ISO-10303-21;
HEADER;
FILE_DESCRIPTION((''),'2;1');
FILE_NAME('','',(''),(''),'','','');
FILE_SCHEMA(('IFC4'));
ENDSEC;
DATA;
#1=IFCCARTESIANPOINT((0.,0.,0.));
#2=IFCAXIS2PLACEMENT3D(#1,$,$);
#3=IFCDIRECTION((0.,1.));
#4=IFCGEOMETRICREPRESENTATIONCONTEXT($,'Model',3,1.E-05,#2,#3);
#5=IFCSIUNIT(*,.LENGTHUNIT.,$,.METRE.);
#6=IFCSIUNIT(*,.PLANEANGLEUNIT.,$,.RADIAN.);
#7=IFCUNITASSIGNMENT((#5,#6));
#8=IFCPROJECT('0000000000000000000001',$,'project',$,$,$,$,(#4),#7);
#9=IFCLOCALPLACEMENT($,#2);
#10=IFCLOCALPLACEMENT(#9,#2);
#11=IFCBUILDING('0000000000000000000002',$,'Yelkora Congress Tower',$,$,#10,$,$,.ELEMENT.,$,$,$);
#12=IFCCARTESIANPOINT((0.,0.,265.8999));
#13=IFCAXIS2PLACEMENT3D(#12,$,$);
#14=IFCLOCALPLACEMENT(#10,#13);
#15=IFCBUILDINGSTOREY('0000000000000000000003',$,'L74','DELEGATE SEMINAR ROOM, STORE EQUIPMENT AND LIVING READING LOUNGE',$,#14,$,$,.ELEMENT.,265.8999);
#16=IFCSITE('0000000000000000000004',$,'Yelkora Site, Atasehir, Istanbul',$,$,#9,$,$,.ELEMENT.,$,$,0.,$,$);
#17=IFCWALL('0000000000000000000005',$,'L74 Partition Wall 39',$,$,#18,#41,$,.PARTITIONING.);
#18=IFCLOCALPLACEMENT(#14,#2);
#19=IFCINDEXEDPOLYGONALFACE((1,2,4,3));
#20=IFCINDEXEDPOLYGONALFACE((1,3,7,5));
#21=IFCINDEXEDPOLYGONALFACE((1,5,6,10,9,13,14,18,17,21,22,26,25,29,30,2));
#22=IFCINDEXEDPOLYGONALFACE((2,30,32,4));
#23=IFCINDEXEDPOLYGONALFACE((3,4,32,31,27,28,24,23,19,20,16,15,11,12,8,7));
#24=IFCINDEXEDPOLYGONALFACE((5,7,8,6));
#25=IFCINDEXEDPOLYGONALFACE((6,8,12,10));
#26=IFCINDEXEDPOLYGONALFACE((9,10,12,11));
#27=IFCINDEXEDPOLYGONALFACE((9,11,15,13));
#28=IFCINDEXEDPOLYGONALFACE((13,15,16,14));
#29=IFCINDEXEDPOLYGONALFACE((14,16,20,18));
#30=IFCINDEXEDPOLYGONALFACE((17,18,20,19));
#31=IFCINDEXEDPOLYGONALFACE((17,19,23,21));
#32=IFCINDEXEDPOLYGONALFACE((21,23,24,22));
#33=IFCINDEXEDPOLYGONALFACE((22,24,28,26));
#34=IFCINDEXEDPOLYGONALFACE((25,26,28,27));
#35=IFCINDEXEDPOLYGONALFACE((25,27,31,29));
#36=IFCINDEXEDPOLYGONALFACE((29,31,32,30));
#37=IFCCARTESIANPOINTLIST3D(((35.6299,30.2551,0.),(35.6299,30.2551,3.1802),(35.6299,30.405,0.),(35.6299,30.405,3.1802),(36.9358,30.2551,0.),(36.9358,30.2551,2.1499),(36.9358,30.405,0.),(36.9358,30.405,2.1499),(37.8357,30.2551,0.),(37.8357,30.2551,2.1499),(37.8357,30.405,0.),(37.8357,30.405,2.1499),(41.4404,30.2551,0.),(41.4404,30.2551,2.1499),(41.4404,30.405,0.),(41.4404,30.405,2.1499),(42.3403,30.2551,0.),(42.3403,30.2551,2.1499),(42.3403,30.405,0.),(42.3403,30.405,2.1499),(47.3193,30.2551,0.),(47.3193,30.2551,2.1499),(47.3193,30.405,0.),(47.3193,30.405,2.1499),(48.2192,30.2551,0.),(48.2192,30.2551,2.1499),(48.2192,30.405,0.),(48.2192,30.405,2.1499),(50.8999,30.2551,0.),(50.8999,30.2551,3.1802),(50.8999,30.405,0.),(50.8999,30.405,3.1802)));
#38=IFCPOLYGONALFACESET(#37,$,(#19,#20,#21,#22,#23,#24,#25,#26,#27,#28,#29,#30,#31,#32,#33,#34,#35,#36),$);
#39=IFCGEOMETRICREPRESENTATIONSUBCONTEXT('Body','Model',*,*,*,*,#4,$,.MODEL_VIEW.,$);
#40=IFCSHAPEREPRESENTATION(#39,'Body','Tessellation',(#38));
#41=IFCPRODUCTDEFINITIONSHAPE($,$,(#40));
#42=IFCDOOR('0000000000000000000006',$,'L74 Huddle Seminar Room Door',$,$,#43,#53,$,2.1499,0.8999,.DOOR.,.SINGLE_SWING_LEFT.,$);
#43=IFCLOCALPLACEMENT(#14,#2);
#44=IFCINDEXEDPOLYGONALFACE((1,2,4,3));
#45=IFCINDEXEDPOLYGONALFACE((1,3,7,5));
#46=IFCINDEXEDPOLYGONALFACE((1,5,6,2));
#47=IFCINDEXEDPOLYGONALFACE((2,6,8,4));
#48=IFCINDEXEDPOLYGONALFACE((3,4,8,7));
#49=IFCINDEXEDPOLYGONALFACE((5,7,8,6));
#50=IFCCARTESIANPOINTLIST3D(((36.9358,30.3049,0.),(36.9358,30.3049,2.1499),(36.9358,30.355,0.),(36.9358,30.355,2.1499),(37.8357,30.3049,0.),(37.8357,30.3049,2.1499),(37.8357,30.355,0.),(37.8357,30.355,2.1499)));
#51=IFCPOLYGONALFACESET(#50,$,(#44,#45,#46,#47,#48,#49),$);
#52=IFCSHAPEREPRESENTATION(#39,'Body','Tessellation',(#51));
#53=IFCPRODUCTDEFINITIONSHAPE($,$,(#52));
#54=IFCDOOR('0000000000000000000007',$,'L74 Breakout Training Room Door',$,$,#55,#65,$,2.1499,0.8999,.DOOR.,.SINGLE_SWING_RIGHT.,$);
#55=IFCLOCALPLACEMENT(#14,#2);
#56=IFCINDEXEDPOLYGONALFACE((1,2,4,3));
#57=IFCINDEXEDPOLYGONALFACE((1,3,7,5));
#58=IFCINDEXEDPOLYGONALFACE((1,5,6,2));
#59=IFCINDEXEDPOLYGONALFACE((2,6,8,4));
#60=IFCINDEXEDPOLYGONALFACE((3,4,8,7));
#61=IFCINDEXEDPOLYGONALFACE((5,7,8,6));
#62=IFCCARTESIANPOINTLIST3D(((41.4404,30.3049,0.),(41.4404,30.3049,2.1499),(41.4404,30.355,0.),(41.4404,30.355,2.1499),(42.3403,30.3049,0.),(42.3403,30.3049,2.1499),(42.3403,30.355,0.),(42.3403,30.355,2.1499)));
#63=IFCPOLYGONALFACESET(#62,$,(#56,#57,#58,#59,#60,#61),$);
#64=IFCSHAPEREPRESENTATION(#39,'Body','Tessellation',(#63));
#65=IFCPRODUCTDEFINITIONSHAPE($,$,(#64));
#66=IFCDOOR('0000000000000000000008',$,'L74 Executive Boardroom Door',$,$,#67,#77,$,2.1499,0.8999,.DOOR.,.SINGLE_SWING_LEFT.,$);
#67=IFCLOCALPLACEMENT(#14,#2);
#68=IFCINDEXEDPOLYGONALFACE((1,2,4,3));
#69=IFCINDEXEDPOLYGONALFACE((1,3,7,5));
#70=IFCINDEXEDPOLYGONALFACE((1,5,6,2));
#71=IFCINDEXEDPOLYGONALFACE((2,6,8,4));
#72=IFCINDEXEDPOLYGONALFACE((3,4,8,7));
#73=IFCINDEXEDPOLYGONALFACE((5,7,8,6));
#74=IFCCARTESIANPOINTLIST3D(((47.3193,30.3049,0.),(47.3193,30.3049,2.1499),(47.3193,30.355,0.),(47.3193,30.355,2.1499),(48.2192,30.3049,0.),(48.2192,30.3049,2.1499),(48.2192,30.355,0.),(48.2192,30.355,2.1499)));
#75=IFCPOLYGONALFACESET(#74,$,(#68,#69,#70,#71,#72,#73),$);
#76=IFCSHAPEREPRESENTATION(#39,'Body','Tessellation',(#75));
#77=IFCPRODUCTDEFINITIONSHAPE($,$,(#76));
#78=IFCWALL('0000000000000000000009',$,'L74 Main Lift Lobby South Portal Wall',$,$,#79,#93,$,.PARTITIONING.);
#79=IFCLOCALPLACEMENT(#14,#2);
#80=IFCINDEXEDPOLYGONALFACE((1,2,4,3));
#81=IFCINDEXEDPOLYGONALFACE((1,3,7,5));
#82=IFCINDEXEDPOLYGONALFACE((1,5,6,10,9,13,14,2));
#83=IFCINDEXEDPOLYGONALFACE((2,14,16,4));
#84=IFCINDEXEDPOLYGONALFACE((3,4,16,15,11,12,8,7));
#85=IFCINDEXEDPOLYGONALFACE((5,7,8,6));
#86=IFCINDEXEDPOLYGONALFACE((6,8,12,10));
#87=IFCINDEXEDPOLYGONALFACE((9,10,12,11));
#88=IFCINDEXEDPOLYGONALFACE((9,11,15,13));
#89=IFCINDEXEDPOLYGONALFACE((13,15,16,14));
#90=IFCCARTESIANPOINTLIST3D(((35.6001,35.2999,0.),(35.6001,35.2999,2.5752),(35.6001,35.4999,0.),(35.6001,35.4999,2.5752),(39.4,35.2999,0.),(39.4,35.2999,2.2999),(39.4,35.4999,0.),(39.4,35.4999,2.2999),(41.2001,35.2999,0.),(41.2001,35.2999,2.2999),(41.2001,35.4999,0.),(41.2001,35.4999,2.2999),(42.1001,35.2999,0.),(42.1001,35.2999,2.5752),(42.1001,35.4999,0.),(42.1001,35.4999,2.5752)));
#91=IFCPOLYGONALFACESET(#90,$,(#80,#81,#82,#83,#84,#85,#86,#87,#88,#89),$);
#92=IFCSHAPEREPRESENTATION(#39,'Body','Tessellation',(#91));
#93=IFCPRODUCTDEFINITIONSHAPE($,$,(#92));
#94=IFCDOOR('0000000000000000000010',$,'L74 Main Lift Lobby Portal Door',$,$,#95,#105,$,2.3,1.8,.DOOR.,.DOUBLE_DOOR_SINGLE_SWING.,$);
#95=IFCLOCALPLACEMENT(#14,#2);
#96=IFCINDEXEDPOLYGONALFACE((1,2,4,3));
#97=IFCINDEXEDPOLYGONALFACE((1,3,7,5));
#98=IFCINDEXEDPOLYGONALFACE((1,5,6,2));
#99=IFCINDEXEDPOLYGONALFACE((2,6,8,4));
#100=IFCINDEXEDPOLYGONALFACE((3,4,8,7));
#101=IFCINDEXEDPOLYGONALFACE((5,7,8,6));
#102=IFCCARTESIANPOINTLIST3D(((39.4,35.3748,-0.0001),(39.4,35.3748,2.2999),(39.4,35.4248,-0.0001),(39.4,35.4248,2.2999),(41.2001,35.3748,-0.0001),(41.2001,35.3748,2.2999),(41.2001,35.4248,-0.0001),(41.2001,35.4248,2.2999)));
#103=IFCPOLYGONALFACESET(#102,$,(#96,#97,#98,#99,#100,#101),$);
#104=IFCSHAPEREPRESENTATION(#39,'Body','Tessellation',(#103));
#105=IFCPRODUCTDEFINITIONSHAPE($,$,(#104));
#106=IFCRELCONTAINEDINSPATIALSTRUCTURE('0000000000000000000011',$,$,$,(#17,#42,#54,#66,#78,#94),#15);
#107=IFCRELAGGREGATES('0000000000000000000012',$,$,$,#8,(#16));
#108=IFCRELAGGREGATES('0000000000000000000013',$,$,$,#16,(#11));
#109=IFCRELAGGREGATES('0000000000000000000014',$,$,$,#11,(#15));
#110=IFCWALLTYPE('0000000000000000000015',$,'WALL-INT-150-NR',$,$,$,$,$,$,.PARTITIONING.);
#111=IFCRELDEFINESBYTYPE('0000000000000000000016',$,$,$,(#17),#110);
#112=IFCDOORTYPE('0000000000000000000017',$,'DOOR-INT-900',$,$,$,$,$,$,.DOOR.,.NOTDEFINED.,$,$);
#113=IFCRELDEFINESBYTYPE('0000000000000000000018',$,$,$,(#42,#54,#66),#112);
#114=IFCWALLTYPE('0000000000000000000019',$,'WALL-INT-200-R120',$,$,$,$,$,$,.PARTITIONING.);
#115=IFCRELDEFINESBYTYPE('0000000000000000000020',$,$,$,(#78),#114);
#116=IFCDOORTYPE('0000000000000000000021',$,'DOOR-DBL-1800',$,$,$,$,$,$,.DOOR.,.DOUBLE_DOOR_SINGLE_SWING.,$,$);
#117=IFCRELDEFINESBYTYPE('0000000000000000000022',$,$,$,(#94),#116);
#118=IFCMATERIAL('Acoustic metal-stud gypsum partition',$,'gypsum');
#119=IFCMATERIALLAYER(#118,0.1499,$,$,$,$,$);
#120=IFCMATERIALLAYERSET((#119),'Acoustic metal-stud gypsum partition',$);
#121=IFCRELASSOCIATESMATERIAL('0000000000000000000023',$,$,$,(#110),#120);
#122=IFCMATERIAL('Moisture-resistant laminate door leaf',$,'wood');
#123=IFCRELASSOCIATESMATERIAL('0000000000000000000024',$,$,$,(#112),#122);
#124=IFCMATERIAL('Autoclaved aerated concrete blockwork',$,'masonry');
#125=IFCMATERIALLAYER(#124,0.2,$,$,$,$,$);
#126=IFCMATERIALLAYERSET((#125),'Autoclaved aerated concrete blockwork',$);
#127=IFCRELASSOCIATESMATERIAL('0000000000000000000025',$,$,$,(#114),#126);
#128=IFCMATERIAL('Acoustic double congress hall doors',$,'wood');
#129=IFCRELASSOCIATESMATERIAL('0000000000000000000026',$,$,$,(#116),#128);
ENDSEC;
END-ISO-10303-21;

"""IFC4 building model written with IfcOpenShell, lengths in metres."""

from ifc_helpers import new_model, si_unit, direction, frame, frame_2d, origin, place, context, subcontext, project, spatial, rectangle, extrude, material, layer, layer_set, type_object, element, fill, save


model = new_model("IFC4")

# Units and contexts
model_context = context("Model", 3, precision=1e-05, world=origin(), true_north=direction((0.0, 1.0)))
body_context = subcontext(model_context, "Body", "Model", "MODEL_VIEW")
ifc_project = project(units=[si_unit("LENGTHUNIT", "METRE"), si_unit("PLANEANGLEUNIT", "RADIAN")], contexts=[model_context])

# Site, building, storey
site_placement = place(None, origin())
site = spatial("IfcSite", under=ifc_project, at=site_placement, Name="Yelkora Site, Atasehir, Istanbul", CompositionType="ELEMENT", RefElevation=0.0)
building_placement = place(site_placement, origin())
building = spatial("IfcBuilding", under=site, at=building_placement, Name="Yelkora Congress Tower", CompositionType="ELEMENT")
storey_placement = place(building_placement, frame((0.0, 0.0, 265.8999)))
storey = spatial("IfcBuildingStorey", under=building, at=storey_placement, Name="L74", Description="DELEGATE SEMINAR ROOM, STORE EQUIPMENT AND LIVING READING LOUNGE", CompositionType="ELEMENT", Elevation=265.8999)

# Shared definitions
ifc_material_1 = material(Name="Acoustic metal-stud gypsum partition", Category="gypsum")
ifc_layer_1 = layer(ifc_material_1, 0.1499)
ifc_layer_set_1 = layer_set([ifc_layer_1], Name="Acoustic metal-stud gypsum partition")
wall_type_1 = type_object("IfcWallType", Name="WALL-INT-150-NR", PredefinedType="PARTITIONING", material=ifc_layer_set_1)

# Wall, openings, doors
wall_1_placement = place(storey_placement, frame((35.6299, 30.3301, 0.0), z_axis=(0.0, 0.0, 1.0), x_axis=(1.0, 0.0, 0.0)))
wall_1 = element("IfcWall", 1, at=wall_1_placement, inside=storey, type_object=wall_type_1, Name="L74 Partition Wall 39", PredefinedType="PARTITIONING", context=body_context, shape_type="SweptSolid", body=[
    extrude(rectangle(XDim=15.27, YDim=0.1499, at=frame_2d((7.635, 0.0))), origin(), (0.0, 0.0, 1.0), 3.1802),
])
opening_1_placement = place(wall_1_placement, frame((1.3059, 0.0, 0.0)))
opening_1 = element("IfcOpeningElement", 2, at=opening_1_placement, cuts=wall_1, PredefinedType="OPENING", context=body_context, shape_type="SweptSolid", body=[
    extrude(rectangle(XDim=0.8999, YDim=2.1499, at=frame_2d((0.45, 1.075))), frame((0.0, 0.085, 0.0), z_axis=(0.0, -1.0, 0.0), x_axis=(1.0, 0.0, 0.0)), (0.0, 0.0, 1.0), 0.1699),
])
opening_2_placement = place(wall_1_placement, frame((5.8105, 0.0, 0.0)))
opening_2 = element("IfcOpeningElement", 3, at=opening_2_placement, cuts=wall_1, PredefinedType="OPENING", context=body_context, shape_type="SweptSolid", body=[
    extrude(rectangle(XDim=0.8999, YDim=2.1499, at=frame_2d((0.45, 1.075))), frame((0.0, 0.085, 0.0), z_axis=(0.0, -1.0, 0.0), x_axis=(1.0, 0.0, 0.0)), (0.0, 0.0, 1.0), 0.1699),
])
opening_3_placement = place(wall_1_placement, frame((11.6895, 0.0, 0.0)))
opening_3 = element("IfcOpeningElement", 4, at=opening_3_placement, cuts=wall_1, PredefinedType="OPENING", context=body_context, shape_type="SweptSolid", body=[
    extrude(rectangle(XDim=0.8999, YDim=2.1499, at=frame_2d((0.45, 1.075))), frame((0.0, 0.085, 0.0), z_axis=(0.0, -1.0, 0.0), x_axis=(1.0, 0.0, 0.0)), (0.0, 0.0, 1.0), 0.1699),
])
ifc_material_2 = material(Name="Moisture-resistant laminate door leaf", Category="wood")
door_type_1 = type_object("IfcDoorType", Name="DOOR-INT-900", OperationType="NOTDEFINED", PredefinedType="DOOR", material=ifc_material_2)
door_1_placement = place(opening_1_placement, origin())
door_1 = element("IfcDoor", 5, at=door_1_placement, inside=storey, type_object=door_type_1, Name="L74 Huddle Seminar Room Door", OperationType="SINGLE_SWING_LEFT", OverallHeight=2.1499, OverallWidth=0.8999, PredefinedType="DOOR", context=body_context, shape_type="SweptSolid", body=[
    extrude(rectangle(XDim=0.8999, YDim=2.1499, at=frame_2d((0.45, 1.075))), frame((0.0, 0.0249, 0.0), z_axis=(0.0, -1.0, 0.0), x_axis=(1.0, 0.0, 0.0)), (0.0, 0.0, 1.0), 0.05),
])
fill(opening_1, door_1)
door_2_placement = place(opening_2_placement, origin())
door_2 = element("IfcDoor", 6, at=door_2_placement, inside=storey, type_object=door_type_1, Name="L74 Breakout Training Room Door", OperationType="SINGLE_SWING_RIGHT", OverallHeight=2.1499, OverallWidth=0.8999, PredefinedType="DOOR", context=body_context, shape_type="SweptSolid", body=[
    extrude(rectangle(XDim=0.8999, YDim=2.1499, at=frame_2d((0.45, 1.075))), frame((0.0, 0.0249, 0.0), z_axis=(0.0, -1.0, 0.0), x_axis=(1.0, 0.0, 0.0)), (0.0, 0.0, 1.0), 0.05),
])
fill(opening_2, door_2)
door_3_placement = place(opening_3_placement, origin())
door_3 = element("IfcDoor", 7, at=door_3_placement, inside=storey, type_object=door_type_1, Name="L74 Executive Boardroom Door", OperationType="SINGLE_SWING_LEFT", OverallHeight=2.1499, OverallWidth=0.8999, PredefinedType="DOOR", context=body_context, shape_type="SweptSolid", body=[
    extrude(rectangle(XDim=0.8999, YDim=2.1499, at=frame_2d((0.45, 1.075))), frame((0.0, 0.0249, 0.0), z_axis=(0.0, -1.0, 0.0), x_axis=(1.0, 0.0, 0.0)), (0.0, 0.0, 1.0), 0.05),
])
fill(opening_3, door_3)

# Wall, opening, door
ifc_material_3 = material(Name="Autoclaved aerated concrete blockwork", Category="masonry")
ifc_layer_2 = layer(ifc_material_3, 0.2)
ifc_layer_set_2 = layer_set([ifc_layer_2], Name="Autoclaved aerated concrete blockwork")
wall_type_2 = type_object("IfcWallType", Name="WALL-INT-200-R120", PredefinedType="PARTITIONING", material=ifc_layer_set_2)
wall_2_placement = place(storey_placement, frame((35.6001, 35.3999, 0.0), z_axis=(0.0, 0.0, 1.0), x_axis=(1.0, 0.0, 0.0)))
wall_2 = element("IfcWall", 8, at=wall_2_placement, inside=storey, type_object=wall_type_2, Name="L74 Main Lift Lobby South Portal Wall", PredefinedType="PARTITIONING", context=body_context, shape_type="SweptSolid", body=[
    extrude(rectangle(XDim=6.5, YDim=0.2, at=frame_2d((3.25, 0.0))), origin(), (0.0, 0.0, 1.0), 2.5752),
])
opening_4_placement = place(wall_2_placement, frame((3.8, 0.0, 0.0)))
opening_4 = element("IfcOpeningElement", 9, at=opening_4_placement, cuts=wall_2, PredefinedType="OPENING", context=body_context, shape_type="SweptSolid", body=[
    extrude(rectangle(XDim=1.8, YDim=2.3, at=frame_2d((0.8999, 1.1499))), frame((0.0, 0.1099, 0.0), z_axis=(0.0, -1.0, 0.0), x_axis=(1.0, 0.0, 0.0)), (0.0, 0.0, 1.0), 0.22),
])
ifc_material_4 = material(Name="Acoustic double congress hall doors", Category="wood")
door_type_2 = type_object("IfcDoorType", Name="DOOR-DBL-1800", OperationType="DOUBLE_DOOR_SINGLE_SWING", PredefinedType="DOOR", material=ifc_material_4)
door_4_placement = place(opening_4_placement, origin())
door_4 = element("IfcDoor", 10, at=door_4_placement, inside=storey, type_object=door_type_2, Name="L74 Main Lift Lobby Portal Door", OperationType="DOUBLE_DOOR_SINGLE_SWING", OverallHeight=2.3, OverallWidth=1.8, PredefinedType="DOOR", context=body_context, shape_type="SweptSolid", body=[
    extrude(rectangle(XDim=1.8, YDim=2.3, at=frame_2d((0.8999, 1.1499))), frame((0.0, 0.0249, 0.0), z_axis=(0.0, -1.0, 0.0), x_axis=(1.0, 0.0, 0.0)), (0.0, 0.0, 1.0), 0.05),
])
fill(opening_4, door_4)

save(model, "model.ifc")
